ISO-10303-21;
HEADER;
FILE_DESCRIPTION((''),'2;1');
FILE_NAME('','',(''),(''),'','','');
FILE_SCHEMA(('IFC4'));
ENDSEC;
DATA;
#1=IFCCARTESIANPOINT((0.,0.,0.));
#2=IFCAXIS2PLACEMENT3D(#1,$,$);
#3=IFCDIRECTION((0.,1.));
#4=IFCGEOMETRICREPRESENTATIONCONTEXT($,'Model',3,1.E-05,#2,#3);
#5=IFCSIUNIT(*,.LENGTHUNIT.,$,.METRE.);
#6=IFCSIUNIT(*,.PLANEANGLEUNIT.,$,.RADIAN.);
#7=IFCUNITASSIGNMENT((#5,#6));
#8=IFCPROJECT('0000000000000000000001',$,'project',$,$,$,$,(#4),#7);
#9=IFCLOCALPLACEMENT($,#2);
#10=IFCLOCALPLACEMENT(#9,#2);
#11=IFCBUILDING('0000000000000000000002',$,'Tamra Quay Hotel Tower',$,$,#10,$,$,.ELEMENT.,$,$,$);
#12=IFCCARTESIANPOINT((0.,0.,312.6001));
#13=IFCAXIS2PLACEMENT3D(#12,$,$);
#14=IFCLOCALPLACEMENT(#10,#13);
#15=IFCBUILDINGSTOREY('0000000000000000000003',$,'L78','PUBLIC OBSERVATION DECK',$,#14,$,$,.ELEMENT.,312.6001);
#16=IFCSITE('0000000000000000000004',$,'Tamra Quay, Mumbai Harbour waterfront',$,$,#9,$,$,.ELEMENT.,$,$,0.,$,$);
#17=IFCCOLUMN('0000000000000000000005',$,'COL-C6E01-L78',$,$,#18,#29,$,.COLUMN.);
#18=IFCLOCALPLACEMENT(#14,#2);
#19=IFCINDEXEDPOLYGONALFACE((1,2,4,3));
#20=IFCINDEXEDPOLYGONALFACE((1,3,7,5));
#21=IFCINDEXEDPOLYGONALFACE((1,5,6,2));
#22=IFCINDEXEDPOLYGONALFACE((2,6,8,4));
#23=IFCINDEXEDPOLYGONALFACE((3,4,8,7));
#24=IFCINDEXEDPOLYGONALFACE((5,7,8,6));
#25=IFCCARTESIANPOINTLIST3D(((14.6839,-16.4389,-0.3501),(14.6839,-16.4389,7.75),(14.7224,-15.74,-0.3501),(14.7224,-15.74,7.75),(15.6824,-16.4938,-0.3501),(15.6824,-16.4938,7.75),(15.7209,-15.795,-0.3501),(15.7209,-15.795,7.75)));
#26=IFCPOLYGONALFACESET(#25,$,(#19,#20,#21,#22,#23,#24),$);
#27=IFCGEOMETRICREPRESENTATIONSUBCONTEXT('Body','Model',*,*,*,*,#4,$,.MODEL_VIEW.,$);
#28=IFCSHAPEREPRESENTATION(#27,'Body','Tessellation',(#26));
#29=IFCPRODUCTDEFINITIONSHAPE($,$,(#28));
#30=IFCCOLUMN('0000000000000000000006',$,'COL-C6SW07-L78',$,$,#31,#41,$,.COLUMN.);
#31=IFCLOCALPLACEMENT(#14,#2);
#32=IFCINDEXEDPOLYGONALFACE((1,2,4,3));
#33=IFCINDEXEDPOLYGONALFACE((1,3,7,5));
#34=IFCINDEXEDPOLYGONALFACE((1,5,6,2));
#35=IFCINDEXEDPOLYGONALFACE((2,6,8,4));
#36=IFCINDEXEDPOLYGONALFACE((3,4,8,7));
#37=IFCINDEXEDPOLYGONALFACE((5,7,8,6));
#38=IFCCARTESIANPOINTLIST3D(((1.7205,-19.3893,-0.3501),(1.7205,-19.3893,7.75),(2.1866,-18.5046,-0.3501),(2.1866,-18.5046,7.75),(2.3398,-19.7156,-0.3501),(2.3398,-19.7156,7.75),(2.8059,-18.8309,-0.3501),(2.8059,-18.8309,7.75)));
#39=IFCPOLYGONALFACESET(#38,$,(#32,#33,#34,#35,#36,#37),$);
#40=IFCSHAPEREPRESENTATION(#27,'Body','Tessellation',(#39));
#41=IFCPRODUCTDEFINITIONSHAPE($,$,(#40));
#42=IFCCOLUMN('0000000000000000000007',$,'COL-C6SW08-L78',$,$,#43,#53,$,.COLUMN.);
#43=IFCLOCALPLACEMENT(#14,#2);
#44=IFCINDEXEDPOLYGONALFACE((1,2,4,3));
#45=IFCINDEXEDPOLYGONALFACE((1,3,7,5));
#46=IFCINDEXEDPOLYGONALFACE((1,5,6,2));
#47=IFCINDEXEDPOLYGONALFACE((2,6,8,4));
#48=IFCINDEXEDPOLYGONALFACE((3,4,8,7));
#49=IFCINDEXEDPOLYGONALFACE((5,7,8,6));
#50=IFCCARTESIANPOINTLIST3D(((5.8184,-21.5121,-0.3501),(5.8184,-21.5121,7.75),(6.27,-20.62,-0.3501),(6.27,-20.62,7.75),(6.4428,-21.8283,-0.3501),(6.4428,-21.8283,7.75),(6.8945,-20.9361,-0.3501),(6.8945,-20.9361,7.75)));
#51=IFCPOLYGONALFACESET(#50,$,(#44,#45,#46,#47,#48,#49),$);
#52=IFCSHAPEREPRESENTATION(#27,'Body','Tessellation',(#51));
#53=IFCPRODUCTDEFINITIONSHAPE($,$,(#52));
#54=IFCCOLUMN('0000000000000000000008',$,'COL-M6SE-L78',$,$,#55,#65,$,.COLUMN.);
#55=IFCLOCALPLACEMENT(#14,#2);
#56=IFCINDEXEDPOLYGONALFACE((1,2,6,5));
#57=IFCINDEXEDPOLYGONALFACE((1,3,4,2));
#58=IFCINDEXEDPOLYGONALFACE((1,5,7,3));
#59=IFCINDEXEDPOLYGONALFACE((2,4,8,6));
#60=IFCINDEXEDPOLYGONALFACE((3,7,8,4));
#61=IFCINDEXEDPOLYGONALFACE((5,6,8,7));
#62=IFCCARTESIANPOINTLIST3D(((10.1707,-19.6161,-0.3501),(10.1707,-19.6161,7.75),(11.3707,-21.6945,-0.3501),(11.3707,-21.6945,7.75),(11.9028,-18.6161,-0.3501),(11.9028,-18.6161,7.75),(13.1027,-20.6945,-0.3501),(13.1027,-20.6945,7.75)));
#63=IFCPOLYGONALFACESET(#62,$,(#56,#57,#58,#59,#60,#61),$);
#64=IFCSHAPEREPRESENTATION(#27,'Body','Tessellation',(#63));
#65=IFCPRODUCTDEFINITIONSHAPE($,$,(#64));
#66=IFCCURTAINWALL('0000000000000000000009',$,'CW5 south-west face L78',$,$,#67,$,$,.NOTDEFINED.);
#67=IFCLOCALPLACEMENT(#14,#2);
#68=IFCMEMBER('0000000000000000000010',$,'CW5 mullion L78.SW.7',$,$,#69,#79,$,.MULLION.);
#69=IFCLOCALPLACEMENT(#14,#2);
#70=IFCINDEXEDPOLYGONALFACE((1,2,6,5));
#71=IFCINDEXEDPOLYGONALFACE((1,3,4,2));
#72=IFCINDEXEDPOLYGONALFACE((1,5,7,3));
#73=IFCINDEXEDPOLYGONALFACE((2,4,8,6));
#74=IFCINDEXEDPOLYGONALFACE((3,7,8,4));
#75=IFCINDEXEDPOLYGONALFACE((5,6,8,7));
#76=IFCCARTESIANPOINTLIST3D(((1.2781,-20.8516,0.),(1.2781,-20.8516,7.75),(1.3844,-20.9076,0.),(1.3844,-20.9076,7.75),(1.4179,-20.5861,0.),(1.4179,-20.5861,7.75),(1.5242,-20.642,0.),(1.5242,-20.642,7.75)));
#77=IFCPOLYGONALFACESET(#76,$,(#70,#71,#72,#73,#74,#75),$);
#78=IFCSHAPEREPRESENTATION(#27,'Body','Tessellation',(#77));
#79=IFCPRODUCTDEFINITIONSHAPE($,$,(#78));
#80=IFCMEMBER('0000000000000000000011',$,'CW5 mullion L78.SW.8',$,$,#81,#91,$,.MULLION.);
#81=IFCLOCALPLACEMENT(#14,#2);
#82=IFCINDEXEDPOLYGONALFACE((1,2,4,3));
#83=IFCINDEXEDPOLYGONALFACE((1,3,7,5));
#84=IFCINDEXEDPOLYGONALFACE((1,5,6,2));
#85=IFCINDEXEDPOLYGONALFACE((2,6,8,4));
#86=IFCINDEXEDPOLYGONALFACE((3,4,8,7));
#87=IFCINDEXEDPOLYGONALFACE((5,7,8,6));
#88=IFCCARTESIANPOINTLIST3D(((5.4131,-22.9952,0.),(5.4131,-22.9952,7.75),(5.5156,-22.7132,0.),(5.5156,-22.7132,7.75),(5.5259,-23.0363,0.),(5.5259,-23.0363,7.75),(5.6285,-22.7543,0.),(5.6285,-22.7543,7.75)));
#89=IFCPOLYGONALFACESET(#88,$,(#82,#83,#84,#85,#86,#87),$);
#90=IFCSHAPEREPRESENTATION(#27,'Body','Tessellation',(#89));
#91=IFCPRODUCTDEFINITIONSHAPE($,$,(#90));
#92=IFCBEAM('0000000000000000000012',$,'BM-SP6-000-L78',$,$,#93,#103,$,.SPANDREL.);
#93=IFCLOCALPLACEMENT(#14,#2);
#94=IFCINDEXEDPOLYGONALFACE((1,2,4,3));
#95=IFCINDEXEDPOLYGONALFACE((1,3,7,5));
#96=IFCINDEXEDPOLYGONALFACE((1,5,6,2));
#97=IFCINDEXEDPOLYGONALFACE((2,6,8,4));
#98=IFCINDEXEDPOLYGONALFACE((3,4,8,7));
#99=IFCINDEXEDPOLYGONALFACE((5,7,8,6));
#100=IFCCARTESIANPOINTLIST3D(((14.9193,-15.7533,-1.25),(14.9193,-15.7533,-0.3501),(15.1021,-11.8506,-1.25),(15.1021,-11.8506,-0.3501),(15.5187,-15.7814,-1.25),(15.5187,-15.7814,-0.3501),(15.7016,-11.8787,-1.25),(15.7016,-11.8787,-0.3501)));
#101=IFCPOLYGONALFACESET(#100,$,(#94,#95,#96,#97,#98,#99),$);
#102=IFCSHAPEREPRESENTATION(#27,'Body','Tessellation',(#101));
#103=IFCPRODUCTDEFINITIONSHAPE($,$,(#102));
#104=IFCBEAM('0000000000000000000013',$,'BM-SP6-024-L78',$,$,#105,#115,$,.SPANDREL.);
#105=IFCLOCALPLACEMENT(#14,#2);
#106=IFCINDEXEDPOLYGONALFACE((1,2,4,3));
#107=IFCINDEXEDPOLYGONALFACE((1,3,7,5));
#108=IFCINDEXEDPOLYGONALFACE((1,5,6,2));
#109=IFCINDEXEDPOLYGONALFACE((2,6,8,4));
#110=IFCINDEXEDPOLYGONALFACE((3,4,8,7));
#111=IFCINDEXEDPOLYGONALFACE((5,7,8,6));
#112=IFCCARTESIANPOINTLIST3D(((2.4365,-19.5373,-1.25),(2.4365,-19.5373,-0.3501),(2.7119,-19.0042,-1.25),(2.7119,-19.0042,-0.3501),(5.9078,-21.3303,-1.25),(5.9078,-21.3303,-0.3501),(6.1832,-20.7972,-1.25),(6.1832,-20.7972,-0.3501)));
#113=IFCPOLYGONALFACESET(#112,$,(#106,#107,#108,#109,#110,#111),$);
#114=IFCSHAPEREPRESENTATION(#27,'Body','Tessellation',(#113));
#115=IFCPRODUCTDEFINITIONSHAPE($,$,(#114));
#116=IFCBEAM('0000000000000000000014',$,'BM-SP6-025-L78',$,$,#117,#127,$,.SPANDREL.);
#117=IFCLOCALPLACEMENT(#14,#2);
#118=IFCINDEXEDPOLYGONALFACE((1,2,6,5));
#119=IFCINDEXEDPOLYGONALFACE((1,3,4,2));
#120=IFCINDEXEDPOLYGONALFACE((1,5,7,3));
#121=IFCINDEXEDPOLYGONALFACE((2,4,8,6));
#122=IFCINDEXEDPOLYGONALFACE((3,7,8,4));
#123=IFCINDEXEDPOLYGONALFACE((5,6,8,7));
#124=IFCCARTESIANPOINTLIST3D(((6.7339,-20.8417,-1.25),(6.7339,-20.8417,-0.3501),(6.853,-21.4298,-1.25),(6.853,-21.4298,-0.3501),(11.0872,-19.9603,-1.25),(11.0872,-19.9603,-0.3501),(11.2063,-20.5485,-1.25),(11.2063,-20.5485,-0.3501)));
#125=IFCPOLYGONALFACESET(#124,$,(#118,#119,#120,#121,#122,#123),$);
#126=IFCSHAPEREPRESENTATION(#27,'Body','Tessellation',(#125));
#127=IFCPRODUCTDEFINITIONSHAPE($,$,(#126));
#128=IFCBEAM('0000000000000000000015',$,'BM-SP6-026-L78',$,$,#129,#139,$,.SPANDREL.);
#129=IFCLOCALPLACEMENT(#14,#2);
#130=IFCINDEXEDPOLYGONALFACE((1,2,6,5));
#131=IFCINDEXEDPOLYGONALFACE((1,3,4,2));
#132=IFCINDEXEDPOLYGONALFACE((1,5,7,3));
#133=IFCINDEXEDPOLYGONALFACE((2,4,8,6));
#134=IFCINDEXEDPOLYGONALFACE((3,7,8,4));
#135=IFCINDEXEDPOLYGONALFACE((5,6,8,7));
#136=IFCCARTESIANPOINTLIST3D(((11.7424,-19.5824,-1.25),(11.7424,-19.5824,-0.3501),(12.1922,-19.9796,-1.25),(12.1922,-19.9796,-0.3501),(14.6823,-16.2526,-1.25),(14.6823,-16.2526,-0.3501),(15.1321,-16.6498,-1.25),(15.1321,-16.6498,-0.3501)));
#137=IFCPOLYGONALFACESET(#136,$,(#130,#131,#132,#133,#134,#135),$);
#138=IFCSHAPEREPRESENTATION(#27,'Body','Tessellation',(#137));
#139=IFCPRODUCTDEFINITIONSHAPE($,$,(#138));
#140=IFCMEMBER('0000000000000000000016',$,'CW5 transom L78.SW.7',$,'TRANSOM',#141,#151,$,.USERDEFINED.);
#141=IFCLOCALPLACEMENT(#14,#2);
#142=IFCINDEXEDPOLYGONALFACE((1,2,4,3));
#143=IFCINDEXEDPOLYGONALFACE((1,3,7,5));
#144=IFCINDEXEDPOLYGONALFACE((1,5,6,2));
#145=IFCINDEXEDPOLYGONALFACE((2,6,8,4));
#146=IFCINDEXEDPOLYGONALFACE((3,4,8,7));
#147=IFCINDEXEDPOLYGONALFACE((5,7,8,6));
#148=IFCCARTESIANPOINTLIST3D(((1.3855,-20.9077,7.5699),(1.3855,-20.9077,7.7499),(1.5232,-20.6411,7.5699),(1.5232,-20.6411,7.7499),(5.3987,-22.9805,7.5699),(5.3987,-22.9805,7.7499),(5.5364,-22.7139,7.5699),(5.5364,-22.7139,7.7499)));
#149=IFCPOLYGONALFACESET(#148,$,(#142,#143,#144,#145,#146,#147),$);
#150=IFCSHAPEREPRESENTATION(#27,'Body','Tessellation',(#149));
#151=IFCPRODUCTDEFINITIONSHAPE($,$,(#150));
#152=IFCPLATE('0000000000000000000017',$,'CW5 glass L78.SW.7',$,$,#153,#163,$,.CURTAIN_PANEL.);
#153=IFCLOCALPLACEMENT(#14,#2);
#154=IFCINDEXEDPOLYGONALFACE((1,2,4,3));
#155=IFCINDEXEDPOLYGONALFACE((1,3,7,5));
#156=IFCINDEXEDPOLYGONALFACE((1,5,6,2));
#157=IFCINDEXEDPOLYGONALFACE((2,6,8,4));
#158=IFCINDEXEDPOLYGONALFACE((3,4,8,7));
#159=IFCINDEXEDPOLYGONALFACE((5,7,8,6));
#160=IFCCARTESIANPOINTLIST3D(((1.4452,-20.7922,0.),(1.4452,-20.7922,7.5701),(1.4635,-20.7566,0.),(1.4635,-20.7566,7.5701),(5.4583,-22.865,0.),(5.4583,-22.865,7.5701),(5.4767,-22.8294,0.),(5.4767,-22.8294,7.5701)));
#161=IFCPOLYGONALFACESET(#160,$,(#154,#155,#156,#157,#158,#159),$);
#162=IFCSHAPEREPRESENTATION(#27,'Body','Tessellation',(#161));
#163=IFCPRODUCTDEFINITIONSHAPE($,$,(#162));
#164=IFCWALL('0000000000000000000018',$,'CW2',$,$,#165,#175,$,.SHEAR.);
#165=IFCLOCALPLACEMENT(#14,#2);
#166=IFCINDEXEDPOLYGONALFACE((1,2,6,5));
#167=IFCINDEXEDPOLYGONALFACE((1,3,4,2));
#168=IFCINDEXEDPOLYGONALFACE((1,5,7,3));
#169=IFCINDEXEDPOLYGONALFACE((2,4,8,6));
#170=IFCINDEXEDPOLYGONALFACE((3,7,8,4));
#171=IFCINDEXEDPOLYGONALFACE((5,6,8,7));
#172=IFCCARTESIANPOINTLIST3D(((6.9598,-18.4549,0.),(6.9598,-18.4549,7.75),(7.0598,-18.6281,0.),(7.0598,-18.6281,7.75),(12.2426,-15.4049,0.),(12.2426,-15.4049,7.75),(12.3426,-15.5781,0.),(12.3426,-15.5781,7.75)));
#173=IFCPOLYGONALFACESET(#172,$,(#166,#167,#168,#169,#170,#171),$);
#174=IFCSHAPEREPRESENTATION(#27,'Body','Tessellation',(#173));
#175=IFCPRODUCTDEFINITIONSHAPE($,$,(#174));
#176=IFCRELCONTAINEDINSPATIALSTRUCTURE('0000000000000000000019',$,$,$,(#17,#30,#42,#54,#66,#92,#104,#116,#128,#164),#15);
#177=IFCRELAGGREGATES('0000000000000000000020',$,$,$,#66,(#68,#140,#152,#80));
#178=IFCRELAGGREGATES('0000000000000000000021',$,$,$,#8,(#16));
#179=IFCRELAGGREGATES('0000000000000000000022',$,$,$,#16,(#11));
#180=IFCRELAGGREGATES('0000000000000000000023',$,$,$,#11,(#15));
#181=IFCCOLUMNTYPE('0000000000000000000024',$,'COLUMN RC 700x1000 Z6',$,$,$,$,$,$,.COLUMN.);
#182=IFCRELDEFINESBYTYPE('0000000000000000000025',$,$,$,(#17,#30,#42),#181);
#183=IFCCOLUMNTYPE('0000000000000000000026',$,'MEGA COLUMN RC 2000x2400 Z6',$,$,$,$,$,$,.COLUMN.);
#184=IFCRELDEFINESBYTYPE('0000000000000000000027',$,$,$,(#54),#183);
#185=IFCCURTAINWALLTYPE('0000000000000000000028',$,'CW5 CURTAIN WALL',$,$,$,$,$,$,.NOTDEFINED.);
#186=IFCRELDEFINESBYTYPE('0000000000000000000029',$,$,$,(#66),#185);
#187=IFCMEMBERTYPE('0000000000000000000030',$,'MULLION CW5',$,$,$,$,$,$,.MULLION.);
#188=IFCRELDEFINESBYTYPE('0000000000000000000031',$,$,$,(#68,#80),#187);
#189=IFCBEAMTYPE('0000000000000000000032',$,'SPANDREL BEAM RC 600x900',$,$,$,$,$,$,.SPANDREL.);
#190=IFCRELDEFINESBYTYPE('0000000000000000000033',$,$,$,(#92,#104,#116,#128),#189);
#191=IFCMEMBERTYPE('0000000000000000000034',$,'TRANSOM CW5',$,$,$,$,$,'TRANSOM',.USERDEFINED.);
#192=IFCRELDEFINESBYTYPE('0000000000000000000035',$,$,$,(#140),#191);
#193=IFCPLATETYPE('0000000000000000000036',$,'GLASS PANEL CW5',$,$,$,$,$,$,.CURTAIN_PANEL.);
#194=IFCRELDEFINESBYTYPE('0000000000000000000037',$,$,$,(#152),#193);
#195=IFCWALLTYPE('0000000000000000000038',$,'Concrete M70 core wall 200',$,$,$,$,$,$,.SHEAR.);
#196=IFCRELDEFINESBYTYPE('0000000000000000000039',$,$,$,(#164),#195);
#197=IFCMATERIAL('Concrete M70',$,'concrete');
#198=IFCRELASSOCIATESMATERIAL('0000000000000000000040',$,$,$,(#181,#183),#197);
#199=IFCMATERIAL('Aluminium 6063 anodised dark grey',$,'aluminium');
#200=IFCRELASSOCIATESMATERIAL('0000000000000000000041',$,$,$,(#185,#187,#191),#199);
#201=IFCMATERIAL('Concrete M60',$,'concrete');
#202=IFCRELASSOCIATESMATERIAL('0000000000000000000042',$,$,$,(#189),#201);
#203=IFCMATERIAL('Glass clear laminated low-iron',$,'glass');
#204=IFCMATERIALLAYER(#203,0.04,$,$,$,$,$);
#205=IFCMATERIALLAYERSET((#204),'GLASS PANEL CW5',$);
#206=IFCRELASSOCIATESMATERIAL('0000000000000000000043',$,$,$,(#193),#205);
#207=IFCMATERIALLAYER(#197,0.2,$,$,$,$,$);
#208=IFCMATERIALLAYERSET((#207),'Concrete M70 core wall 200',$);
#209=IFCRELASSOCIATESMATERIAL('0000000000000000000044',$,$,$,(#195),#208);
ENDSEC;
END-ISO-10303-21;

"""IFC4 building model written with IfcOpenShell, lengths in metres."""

from ifc_helpers import new_model, si_unit, direction, frame, frame_2d, origin, origin_2d, place, context, subcontext, project, spatial, rectangle, extrude, material, layer, layer_set, material_profile, profile_set, type_object, element, aggregate, save


model = new_model("IFC4")

# Units and contexts
model_context = context("Model", 3, precision=1e-05, world=origin(), true_north=direction((0.0, 1.0)))
body_context = subcontext(model_context, "Body", "Model", "MODEL_VIEW")
ifc_project = project(units=[si_unit("LENGTHUNIT", "METRE"), si_unit("PLANEANGLEUNIT", "RADIAN")], contexts=[model_context])

# Site, building, storey
site_placement = place(None, origin())
site = spatial("IfcSite", under=ifc_project, at=site_placement, Name="Tamra Quay, Mumbai Harbour waterfront", CompositionType="ELEMENT", RefElevation=0.0)
building_placement = place(site_placement, origin())
building = spatial("IfcBuilding", under=site, at=building_placement, Name="Tamra Quay Hotel Tower", CompositionType="ELEMENT")
storey_placement = place(building_placement, frame((0.0, 0.0, 312.6001)))
storey = spatial("IfcBuildingStorey", under=building, at=storey_placement, Name="L78", Description="PUBLIC OBSERVATION DECK", CompositionType="ELEMENT", Elevation=312.6001)

# Columns
ifc_material_1 = material(Name="Concrete M70", Category="concrete")
ifc_material_profile_1 = material_profile(ifc_material_1, rectangle(XDim=1.0, YDim=0.7, at=origin_2d()), Name="COLUMN RC 700x1000 Z6")
ifc_profile_set_1 = profile_set([ifc_material_profile_1], Name="Concrete M70")
column_type_1 = type_object("IfcColumnType", Name="COLUMN RC 700x1000 Z6", PredefinedType="COLUMN", material=ifc_profile_set_1)
for number, where, z_axis, x_axis, name in (
    (1, (15.2024, -16.1169, -0.3501), (0.0, 0.0, 1.0), (-0.998491, 0.054917, 0.0), "COL-C6E01-L78"),
    (2, (2.2632, -19.1101, -0.3501), (0.0, 0.0, 1.0), (0.466118, 0.884723, 0.0), "COL-C6SW07-L78"),
    (3, (6.3564, -21.2241, -0.3501), (0.0, 0.0, 1.0), (0.451686, 0.892177, 0.0), "COL-C6SW08-L78"),
):
    element("IfcColumn", number, at=place(storey_placement, frame(where, z_axis=z_axis, x_axis=x_axis)), inside=storey, type_object=column_type_1, Name=name, PredefinedType="COLUMN", context=body_context, shape_type="SweptSolid", body=[
        extrude(rectangle(XDim=1.0, YDim=0.7, at=origin_2d()), origin(), (0.0, 0.0, 1.0), 8.1001),
    ])
ifc_material_profile_2 = material_profile(ifc_material_1, rectangle(XDim=2.3999, YDim=2.0, at=origin_2d()), Name="MEGA COLUMN RC 2000x2400 Z6")
ifc_profile_set_2 = profile_set([ifc_material_profile_2], Name="Concrete M70")
column_type_2 = type_object("IfcColumnType", Name="MEGA COLUMN RC 2000x2400 Z6", PredefinedType="COLUMN", material=ifc_profile_set_2)
column_placement = place(storey_placement, frame((11.6367, -20.1553, -0.3501), z_axis=(0.0, 0.0, 1.0), x_axis=(-0.5, 0.866025, 0.0)))
element("IfcColumn", 4, at=column_placement, inside=storey, type_object=column_type_2, Name="COL-M6SE-L78", PredefinedType="COLUMN", context=body_context, shape_type="SweptSolid", body=[
    extrude(rectangle(XDim=2.3999, YDim=2.0, at=origin_2d()), origin(), (0.0, 0.0, 1.0), 8.1001),
])

# Curtain wall, members
ifc_material_2 = material(Name="Aluminium 6063 anodised dark grey", Category="aluminium")
curtain_wall_type = type_object("IfcCurtainWallType", Name="CW5 CURTAIN WALL", PredefinedType="NOTDEFINED", material=ifc_material_2)
curtain_wall_placement = place(storey_placement, origin())
curtain_wall = element("IfcCurtainWall", 5, at=curtain_wall_placement, inside=storey, type_object=curtain_wall_type, Name="CW5 south-west face L78", PredefinedType="NOTDEFINED")
ifc_material_profile_3 = material_profile(ifc_material_2, rectangle(XDim=0.3, YDim=0.1201, at=origin_2d()), Name="MULLION 120X300")
ifc_profile_set_3 = profile_set([ifc_material_profile_3], Name="Aluminium 6063 anodised dark grey")
member_type_1 = type_object("IfcMemberType", Name="MULLION CW5", PredefinedType="MULLION", material=ifc_profile_set_3)
member_1_placement = place(storey_placement, frame((1.4011, -20.7468, 0.0), z_axis=(0.0, 0.0, 1.0), x_axis=(-0.465816, -0.884882, 0.0)))
member_1 = element("IfcMember", 6, at=member_1_placement, type_object=member_type_1, Name="CW5 mullion L78.SW.7", PredefinedType="MULLION", context=body_context, shape_type="SweptSolid", body=[
    extrude(rectangle(XDim=0.3, YDim=0.1201, at=origin_2d()), origin(), (0.0, 0.0, 1.0), 7.75),
])
member_2_placement = place(storey_placement, frame((5.5208, -22.8748, 0.0), z_axis=(0.0, 0.0, 1.0), x_axis=(-0.341653, -0.939826, 0.0)))
member_2 = element("IfcMember", 7, at=member_2_placement, type_object=member_type_1, Name="CW5 mullion L78.SW.8", PredefinedType="MULLION", context=body_context, shape_type="SweptSolid", body=[
    extrude(rectangle(XDim=0.3, YDim=0.1201, at=origin_2d()), origin(), (0.0, 0.0, 1.0), 7.75),
])

# Beams
ifc_material_3 = material(Name="Concrete M60", Category="concrete")
ifc_material_profile_4 = material_profile(ifc_material_3, rectangle(XDim=0.6001, YDim=0.8999, at=origin_2d()), Name="SPANDREL BEAM RC 600x900")
ifc_profile_set_4 = profile_set([ifc_material_profile_4], Name="Concrete M60")
beam_type = type_object("IfcBeamType", Name="SPANDREL BEAM RC 600x900", PredefinedType="SPANDREL", material=ifc_profile_set_4)
for number, where, z_axis, x_axis, name in (
    (8, (15.219, -15.7673, -0.8), (0.046805, 0.998904, 0.0), (-0.998904, 0.046805, 0.0), "BM-SP6-000-L78"),
    (9, (2.5742, -19.2708, -0.8), (0.888476, -0.458923, 0.0), (0.458923, 0.888476, 0.0), "BM-SP6-024-L78"),
):
    element("IfcBeam", number, at=place(storey_placement, frame(where, z_axis=z_axis, x_axis=x_axis)), inside=storey, type_object=beam_type, Name=name, PredefinedType="SPANDREL", context=body_context, shape_type="SweptSolid", body=[
        extrude(rectangle(XDim=0.6001, YDim=0.8999, at=origin_2d()), origin(), (0.0, 0.0, 1.0), 3.907),
    ])
beam_1_placement = place(storey_placement, frame((6.7935, -21.1357, -0.8), z_axis=(0.980115, 0.198431, 0.0), x_axis=(-0.198431, 0.980115, 0.0)))
element("IfcBeam", 10, at=beam_1_placement, inside=storey, type_object=beam_type, Name="BM-SP6-025-L78", PredefinedType="SPANDREL", context=body_context, shape_type="SweptSolid", body=[
    extrude(rectangle(XDim=0.6001, YDim=0.8999, at=origin_2d()), origin(), (0.0, 0.0, 1.0), 4.4417),
])
beam_2_placement = place(storey_placement, frame((11.9673, -19.781, -0.8), z_axis=(0.661856, 0.749631, 0.0), x_axis=(-0.749631, 0.661856, 0.0)))
element("IfcBeam", 11, at=beam_2_placement, inside=storey, type_object=beam_type, Name="BM-SP6-026-L78", PredefinedType="SPANDREL", context=body_context, shape_type="SweptSolid", body=[
    extrude(rectangle(XDim=0.6001, YDim=0.8999, at=origin_2d()), origin(), (0.0, 0.0, 1.0), 4.4419),
])

# Member
ifc_material_profile_5 = material_profile(ifc_material_2, rectangle(XDim=0.3, YDim=0.1799, at=origin_2d()), Name="TRANSOM 300X180")
ifc_profile_set_5 = profile_set([ifc_material_profile_5], Name="Aluminium 6063 anodised dark grey")
member_type_2 = type_object("IfcMemberType", Name="TRANSOM CW5", ElementType="TRANSOM", PredefinedType="USERDEFINED", material=ifc_profile_set_5)
member_3_placement = place(storey_placement, frame((1.4543, -20.7744, 7.6599), z_axis=(0.888491, -0.458893, 0.0), x_axis=(0.458893, 0.888491, 0.0)))
member_3 = element("IfcMember", 12, at=member_3_placement, type_object=member_type_2, Name="CW5 transom L78.SW.7", ObjectType="TRANSOM", PredefinedType="USERDEFINED", context=body_context, shape_type="SweptSolid", body=[
    extrude(rectangle(XDim=0.3, YDim=0.1799, at=origin_2d()), origin(), (0.0, 0.0, 1.0), 4.5168),
])

# Plate
ifc_material_4 = material(Name="Glass clear laminated low-iron", Category="glass")
ifc_layer_1 = layer(ifc_material_4, 0.04)
ifc_layer_set_1 = layer_set([ifc_layer_1], Name="GLASS PANEL CW5")
plate_type = type_object("IfcPlateType", Name="GLASS PANEL CW5", PredefinedType="CURTAIN_PANEL", material=ifc_layer_set_1)
plate_placement = place(storey_placement, frame((3.4609, -21.8108, 0.0), z_axis=(0.0, 0.0, 1.0), x_axis=(0.888486, -0.458903, 0.0)))
plate = element("IfcPlate", 13, at=plate_placement, type_object=plate_type, Name="CW5 glass L78.SW.7", PredefinedType="CURTAIN_PANEL", context=body_context, shape_type="SweptSolid", body=[
    extrude(rectangle(XDim=4.5168, YDim=0.04, at=origin_2d()), origin(), (0.0, 0.0, 1.0), 7.5701),
])
aggregate(curtain_wall, [member_1, member_3, plate, member_2])

# Wall
ifc_layer_2 = layer(ifc_material_1, 0.2)
ifc_layer_set_2 = layer_set([ifc_layer_2], Name="Concrete M70 core wall 200")
wall_type_1 = type_object("IfcWallType", Name="Concrete M70 core wall 200", PredefinedType="SHEAR", material=ifc_layer_set_2)
wall_1_placement = place(storey_placement, frame((7.0098, -18.5415, 0.0), z_axis=(0.0, 0.0, 1.0), x_axis=(0.86603, 0.499992, 0.0)))
element("IfcWall", 14, at=wall_1_placement, inside=storey, type_object=wall_type_1, Name="CW2", PredefinedType="SHEAR", context=body_context, shape_type="SweptSolid", body=[
    extrude(rectangle(XDim=6.1001, YDim=0.2, at=frame_2d((3.05, 0.0))), origin(), (0.0, 0.0, 1.0), 7.75),
])

save(model, "model.ifc")
